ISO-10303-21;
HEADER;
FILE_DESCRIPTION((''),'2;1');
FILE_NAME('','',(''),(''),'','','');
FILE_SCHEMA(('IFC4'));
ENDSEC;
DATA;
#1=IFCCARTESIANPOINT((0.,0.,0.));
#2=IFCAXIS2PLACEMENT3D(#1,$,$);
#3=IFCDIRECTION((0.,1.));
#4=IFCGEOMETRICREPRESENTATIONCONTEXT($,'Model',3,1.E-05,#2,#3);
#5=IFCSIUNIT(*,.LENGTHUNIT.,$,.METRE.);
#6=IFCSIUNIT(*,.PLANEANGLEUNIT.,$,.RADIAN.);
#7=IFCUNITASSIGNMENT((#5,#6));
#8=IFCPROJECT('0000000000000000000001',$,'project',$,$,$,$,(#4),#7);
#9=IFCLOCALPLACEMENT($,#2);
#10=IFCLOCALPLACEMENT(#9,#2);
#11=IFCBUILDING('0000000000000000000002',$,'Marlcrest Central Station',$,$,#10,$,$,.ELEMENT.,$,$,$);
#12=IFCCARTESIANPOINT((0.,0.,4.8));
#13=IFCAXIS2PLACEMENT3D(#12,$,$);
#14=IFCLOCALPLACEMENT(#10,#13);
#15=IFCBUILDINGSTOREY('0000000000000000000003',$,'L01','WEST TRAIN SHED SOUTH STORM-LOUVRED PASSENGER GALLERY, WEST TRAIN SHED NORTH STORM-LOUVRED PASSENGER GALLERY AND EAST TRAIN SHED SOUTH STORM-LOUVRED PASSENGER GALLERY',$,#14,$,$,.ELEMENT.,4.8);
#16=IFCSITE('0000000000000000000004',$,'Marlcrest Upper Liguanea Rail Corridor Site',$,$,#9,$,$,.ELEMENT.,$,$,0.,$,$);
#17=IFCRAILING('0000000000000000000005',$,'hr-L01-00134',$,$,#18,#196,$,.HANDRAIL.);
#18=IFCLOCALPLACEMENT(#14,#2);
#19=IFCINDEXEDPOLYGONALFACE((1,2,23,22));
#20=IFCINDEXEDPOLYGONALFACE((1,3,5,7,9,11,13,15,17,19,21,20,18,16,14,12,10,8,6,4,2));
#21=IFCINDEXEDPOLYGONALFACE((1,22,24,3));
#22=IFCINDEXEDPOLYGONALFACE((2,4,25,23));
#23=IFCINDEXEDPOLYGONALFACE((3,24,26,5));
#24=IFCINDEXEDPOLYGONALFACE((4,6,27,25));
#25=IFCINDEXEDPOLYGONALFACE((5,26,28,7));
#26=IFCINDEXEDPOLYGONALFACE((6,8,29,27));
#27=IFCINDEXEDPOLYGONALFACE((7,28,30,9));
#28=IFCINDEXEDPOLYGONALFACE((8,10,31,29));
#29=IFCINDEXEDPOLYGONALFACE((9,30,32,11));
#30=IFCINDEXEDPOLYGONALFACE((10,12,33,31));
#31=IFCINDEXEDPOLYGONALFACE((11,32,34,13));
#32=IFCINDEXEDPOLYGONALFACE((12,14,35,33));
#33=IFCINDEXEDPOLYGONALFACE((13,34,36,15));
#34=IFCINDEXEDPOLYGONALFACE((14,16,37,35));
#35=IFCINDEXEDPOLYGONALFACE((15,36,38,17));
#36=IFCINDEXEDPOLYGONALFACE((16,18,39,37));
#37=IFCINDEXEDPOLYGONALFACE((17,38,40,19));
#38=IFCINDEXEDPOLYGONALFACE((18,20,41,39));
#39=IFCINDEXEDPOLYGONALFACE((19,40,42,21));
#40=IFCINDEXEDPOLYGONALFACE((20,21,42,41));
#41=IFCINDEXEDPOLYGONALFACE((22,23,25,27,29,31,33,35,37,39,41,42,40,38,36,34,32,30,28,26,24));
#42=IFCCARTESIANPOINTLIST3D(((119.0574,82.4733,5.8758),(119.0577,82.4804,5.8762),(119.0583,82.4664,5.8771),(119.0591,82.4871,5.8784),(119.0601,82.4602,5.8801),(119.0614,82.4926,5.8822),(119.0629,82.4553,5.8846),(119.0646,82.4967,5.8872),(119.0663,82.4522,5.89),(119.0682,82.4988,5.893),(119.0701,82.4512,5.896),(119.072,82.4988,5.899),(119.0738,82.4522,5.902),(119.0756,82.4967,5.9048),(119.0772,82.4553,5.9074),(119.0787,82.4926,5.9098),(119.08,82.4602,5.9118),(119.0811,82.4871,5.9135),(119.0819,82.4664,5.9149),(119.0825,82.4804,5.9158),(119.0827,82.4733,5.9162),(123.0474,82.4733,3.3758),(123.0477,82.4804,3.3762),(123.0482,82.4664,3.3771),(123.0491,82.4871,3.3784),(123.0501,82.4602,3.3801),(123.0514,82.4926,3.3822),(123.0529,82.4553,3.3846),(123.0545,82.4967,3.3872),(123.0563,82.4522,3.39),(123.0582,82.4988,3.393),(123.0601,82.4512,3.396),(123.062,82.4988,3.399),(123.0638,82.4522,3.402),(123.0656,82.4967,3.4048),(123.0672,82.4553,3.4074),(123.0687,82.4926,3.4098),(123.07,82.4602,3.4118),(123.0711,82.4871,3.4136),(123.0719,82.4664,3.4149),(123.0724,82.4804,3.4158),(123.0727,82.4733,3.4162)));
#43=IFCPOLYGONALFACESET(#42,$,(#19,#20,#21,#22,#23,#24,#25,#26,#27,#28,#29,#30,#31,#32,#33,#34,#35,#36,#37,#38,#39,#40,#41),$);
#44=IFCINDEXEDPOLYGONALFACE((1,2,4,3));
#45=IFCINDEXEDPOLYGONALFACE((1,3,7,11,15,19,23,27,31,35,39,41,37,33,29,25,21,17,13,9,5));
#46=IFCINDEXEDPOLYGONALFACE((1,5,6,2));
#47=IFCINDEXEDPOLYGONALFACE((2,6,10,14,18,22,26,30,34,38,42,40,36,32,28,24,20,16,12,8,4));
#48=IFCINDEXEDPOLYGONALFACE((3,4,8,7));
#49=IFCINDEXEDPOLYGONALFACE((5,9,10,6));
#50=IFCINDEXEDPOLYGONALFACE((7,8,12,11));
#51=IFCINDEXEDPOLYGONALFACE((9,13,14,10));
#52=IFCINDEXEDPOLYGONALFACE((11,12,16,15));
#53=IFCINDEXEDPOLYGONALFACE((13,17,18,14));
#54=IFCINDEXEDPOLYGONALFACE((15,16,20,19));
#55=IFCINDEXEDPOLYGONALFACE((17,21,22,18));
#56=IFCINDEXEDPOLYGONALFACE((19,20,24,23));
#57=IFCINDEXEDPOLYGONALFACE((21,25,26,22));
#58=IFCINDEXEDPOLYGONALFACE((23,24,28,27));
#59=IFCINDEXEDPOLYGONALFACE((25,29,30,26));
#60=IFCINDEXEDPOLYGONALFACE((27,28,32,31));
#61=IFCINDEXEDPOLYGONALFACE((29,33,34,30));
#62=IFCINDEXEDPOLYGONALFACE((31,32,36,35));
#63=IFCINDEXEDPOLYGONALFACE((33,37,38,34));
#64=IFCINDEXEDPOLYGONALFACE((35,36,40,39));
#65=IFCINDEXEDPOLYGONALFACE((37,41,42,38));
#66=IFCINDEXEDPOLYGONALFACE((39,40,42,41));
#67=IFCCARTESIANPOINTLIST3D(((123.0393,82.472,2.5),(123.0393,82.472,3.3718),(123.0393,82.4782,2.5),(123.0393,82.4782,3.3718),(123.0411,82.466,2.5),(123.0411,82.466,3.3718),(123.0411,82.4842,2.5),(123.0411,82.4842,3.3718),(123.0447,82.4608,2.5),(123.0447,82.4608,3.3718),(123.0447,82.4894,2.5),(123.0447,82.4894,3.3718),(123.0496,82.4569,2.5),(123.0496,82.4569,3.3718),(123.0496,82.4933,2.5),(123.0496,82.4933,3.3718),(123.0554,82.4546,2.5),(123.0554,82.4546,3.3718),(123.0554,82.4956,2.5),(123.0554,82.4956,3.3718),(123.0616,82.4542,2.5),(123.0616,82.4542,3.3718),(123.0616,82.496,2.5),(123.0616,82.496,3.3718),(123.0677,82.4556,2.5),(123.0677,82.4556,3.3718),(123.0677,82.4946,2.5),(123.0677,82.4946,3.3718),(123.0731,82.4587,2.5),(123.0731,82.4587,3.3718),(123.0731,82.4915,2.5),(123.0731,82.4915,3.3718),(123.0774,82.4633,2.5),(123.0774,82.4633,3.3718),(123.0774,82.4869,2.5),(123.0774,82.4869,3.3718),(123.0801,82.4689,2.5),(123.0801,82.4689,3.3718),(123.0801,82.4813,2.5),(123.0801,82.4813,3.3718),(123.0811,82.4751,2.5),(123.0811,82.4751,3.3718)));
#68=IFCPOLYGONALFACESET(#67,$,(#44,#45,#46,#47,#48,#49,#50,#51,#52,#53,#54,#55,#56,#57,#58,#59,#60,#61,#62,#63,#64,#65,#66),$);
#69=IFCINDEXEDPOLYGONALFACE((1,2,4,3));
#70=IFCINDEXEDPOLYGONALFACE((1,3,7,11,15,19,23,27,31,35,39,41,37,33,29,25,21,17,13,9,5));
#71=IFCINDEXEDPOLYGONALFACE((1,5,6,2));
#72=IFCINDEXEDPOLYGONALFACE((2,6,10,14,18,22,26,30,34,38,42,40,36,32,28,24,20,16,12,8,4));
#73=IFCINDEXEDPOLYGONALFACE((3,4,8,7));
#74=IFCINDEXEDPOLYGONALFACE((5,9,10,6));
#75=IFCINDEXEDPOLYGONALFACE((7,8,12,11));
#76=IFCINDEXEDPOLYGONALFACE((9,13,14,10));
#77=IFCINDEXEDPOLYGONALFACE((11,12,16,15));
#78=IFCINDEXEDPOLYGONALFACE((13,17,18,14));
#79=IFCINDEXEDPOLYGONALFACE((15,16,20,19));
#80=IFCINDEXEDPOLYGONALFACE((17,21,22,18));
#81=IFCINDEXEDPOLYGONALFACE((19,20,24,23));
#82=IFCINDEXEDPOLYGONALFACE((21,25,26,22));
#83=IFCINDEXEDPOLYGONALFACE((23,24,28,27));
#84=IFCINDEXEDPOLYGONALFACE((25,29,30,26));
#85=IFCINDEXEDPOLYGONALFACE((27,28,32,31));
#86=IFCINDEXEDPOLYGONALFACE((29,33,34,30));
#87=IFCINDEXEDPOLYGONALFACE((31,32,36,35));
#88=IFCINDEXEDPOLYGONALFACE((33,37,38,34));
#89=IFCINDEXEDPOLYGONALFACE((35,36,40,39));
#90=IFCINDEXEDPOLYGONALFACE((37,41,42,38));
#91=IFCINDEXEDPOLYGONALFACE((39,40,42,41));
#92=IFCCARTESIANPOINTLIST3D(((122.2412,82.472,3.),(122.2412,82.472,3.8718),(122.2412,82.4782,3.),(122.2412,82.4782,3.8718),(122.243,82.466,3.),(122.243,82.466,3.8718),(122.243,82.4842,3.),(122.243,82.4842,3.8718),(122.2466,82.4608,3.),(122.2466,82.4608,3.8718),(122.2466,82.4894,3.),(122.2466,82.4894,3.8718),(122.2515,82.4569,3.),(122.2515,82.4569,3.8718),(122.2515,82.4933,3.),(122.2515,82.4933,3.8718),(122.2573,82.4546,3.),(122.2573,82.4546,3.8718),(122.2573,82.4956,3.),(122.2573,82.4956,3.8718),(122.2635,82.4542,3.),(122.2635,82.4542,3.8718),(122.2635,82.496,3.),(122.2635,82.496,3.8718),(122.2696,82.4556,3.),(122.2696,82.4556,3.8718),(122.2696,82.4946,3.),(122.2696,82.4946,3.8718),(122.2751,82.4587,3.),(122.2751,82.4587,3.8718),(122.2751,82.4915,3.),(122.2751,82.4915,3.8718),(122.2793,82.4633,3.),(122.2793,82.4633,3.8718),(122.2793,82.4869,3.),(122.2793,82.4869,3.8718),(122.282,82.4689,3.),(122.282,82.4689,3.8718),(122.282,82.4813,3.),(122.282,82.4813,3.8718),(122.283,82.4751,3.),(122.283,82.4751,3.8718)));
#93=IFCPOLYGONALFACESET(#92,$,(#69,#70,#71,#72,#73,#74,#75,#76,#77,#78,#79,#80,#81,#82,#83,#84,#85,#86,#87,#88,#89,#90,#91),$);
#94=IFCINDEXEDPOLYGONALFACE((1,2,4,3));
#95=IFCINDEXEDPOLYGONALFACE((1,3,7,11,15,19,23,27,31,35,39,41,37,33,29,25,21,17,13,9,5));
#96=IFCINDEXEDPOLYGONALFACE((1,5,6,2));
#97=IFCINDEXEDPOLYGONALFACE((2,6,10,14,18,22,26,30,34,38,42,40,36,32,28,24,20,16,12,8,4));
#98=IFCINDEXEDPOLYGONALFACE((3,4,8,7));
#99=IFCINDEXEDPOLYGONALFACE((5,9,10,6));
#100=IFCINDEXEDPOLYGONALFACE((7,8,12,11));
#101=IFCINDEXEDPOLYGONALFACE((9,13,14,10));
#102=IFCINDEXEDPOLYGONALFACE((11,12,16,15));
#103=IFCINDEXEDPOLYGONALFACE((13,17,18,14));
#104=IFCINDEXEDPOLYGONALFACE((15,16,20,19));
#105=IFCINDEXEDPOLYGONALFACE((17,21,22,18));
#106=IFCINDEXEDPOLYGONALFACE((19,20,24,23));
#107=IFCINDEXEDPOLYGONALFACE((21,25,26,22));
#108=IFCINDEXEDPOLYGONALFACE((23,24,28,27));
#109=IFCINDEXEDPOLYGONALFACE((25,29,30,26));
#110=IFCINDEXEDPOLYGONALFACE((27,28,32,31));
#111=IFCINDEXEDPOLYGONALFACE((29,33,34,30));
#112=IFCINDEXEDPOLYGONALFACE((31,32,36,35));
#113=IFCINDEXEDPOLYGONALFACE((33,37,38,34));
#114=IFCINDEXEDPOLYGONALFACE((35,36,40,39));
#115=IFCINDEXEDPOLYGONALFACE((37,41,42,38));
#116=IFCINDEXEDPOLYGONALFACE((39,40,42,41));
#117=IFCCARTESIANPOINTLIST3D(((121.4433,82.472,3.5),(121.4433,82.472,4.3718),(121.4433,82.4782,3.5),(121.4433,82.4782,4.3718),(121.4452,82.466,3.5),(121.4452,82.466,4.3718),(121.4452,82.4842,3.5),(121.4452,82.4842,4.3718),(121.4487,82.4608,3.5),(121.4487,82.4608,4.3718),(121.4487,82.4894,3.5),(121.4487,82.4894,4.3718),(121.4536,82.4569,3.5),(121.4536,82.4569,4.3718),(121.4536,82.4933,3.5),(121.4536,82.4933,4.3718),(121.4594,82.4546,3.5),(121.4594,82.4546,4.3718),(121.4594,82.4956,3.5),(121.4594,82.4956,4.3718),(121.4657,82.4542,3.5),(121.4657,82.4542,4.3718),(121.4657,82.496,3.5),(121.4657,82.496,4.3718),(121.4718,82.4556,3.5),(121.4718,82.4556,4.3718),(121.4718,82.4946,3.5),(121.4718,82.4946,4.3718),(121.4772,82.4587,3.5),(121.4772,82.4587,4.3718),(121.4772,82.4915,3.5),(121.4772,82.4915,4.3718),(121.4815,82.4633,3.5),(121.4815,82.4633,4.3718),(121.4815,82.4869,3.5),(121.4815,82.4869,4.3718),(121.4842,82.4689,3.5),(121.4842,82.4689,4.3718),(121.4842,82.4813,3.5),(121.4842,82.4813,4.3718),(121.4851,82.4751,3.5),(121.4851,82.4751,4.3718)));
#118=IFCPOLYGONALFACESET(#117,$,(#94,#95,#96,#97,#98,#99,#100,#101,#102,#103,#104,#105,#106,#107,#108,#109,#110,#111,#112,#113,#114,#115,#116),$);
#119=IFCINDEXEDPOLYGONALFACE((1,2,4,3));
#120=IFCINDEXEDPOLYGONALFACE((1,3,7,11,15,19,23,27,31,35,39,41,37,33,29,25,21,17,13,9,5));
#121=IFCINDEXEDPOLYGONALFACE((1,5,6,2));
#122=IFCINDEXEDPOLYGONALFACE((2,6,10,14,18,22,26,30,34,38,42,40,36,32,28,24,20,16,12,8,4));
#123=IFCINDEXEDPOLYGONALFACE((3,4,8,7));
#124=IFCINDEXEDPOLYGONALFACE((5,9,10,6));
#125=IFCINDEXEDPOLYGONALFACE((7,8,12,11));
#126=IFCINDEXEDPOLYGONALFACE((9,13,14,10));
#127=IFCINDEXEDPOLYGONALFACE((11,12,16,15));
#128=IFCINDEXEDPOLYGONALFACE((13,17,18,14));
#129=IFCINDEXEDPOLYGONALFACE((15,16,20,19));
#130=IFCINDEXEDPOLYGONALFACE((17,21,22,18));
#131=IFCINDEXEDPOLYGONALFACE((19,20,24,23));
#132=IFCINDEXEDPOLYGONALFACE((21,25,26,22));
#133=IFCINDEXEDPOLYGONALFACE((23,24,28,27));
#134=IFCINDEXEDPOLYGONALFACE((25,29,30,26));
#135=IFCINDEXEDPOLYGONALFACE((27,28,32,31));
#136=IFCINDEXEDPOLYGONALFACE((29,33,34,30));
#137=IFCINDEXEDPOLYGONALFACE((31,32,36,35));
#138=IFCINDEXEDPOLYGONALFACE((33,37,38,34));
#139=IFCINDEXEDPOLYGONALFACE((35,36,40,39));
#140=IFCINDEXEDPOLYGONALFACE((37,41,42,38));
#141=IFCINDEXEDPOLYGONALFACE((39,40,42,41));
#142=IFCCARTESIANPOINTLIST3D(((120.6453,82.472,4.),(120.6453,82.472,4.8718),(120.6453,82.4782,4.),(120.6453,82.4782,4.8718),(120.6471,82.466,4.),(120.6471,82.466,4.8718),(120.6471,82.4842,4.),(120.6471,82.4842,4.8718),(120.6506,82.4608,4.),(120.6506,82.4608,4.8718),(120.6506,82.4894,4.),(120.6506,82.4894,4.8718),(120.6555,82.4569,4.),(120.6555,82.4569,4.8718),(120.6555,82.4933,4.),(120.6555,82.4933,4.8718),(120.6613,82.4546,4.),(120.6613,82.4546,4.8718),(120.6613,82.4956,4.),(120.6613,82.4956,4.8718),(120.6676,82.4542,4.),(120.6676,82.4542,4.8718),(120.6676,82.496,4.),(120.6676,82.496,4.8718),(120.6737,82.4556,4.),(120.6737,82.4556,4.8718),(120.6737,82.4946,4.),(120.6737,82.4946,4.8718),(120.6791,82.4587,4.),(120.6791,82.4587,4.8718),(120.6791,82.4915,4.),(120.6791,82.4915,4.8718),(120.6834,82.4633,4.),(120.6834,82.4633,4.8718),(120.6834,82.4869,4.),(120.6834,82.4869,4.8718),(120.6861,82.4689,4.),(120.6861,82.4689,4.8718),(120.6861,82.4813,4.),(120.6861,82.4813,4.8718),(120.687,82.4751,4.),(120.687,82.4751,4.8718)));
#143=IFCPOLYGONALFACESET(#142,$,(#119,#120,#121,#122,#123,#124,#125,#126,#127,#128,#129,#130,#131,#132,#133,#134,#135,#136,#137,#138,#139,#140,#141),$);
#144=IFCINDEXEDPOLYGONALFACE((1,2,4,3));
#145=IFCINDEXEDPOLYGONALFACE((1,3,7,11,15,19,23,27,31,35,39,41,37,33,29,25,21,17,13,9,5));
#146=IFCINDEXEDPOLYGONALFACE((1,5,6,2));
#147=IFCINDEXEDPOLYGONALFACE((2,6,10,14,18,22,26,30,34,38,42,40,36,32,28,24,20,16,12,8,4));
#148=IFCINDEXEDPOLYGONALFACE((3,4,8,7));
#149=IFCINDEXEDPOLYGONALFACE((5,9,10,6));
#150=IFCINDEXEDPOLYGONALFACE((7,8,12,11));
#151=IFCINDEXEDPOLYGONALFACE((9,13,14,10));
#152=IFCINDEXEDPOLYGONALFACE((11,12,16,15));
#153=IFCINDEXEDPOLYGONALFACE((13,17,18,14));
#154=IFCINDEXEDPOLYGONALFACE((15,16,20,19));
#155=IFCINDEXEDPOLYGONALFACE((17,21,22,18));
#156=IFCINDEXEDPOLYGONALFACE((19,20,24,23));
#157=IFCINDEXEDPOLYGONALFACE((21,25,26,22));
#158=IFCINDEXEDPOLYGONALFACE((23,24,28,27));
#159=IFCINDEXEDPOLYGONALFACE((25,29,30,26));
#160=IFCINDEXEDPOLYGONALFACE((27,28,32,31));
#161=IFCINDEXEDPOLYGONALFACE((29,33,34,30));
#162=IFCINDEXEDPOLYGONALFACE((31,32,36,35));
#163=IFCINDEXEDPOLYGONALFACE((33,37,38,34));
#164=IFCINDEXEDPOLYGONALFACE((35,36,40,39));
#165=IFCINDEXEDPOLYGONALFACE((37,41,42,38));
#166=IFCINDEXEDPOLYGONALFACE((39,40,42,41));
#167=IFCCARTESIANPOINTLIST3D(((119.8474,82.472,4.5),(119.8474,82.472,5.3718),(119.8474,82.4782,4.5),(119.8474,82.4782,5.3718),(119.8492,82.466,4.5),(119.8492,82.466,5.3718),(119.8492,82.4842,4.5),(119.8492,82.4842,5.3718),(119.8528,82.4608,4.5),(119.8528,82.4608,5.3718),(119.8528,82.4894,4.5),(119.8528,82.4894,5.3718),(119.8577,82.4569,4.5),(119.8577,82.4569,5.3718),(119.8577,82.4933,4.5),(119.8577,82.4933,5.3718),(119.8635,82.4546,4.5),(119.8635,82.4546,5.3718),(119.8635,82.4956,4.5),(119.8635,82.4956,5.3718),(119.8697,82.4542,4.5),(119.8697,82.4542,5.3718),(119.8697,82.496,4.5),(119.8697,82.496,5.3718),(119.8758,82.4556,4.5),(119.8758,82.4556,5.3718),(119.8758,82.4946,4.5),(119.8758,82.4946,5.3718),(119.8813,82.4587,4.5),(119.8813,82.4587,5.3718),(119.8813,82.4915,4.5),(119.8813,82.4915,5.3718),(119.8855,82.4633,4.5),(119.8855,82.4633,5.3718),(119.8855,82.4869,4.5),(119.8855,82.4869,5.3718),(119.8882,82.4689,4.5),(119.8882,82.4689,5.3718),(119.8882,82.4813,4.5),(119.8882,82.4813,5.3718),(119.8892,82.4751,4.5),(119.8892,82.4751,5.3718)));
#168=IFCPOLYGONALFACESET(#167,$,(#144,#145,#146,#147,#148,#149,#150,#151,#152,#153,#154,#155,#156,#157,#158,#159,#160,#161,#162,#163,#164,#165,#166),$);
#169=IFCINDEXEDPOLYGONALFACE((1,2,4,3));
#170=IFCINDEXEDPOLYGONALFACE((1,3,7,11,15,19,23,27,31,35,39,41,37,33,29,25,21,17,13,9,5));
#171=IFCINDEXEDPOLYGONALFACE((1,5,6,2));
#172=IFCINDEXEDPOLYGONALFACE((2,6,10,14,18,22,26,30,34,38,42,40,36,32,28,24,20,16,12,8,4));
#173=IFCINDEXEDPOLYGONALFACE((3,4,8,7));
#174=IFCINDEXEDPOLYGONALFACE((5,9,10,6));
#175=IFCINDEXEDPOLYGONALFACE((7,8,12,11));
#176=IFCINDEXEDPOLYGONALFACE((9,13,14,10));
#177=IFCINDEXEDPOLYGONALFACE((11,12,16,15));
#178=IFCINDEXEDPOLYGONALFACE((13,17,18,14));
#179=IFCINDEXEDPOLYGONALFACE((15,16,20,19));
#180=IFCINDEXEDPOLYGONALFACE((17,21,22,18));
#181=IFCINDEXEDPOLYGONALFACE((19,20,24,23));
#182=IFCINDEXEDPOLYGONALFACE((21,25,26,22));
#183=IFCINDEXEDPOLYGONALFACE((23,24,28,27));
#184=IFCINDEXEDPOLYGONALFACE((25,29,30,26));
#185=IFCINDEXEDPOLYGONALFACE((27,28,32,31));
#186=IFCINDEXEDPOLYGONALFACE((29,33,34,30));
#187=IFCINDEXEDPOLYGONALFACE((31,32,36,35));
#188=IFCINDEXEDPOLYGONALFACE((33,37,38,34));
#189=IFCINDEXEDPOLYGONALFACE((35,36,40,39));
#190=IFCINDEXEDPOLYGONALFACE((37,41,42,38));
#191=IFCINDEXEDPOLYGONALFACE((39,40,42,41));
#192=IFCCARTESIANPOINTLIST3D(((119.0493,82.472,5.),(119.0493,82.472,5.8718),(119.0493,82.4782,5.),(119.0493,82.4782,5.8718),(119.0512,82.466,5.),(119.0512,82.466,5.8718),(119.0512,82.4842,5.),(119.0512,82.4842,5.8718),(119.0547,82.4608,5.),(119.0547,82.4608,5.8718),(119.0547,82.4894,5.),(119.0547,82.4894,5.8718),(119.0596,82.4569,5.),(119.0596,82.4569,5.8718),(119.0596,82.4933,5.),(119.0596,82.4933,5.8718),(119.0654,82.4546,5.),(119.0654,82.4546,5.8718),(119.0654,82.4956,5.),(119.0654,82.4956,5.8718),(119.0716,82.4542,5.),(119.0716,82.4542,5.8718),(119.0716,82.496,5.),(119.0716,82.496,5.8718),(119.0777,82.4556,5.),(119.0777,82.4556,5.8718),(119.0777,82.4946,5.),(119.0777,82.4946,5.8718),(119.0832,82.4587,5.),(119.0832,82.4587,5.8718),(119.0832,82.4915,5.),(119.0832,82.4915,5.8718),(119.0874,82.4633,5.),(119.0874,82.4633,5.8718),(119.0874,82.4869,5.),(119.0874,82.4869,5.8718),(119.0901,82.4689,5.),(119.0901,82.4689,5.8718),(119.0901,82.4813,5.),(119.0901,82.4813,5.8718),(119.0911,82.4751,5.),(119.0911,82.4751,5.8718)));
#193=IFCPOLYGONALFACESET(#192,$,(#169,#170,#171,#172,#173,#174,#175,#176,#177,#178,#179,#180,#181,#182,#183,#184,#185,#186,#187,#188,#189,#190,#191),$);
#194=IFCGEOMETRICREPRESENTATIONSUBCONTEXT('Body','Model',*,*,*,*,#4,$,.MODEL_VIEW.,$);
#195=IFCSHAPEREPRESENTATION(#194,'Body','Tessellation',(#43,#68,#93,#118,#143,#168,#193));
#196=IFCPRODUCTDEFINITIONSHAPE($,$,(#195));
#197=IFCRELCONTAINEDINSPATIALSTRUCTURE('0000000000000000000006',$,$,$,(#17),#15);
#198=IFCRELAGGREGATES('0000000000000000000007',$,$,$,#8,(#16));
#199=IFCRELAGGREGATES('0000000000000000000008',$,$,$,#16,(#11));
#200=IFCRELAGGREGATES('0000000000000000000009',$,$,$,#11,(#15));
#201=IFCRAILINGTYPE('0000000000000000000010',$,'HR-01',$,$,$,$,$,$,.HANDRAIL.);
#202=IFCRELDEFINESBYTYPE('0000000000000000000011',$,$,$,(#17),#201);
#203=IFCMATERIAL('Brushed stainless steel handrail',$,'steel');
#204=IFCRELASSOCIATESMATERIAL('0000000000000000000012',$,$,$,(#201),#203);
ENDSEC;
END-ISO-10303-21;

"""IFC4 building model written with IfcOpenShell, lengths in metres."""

from ifc_helpers import new_model, si_unit, direction, frame, origin, origin_2d, place, context, subcontext, project, spatial, circle, extrude, material, type_object, element, save


model = new_model("IFC4")

# Units and contexts
model_context = context("Model", 3, precision=1e-05, world=origin(), true_north=direction((0.0, 1.0)))
body_context = subcontext(model_context, "Body", "Model", "MODEL_VIEW")
ifc_project = project(units=[si_unit("LENGTHUNIT", "METRE"), si_unit("PLANEANGLEUNIT", "RADIAN")], contexts=[model_context])

# Site, building, storey
site_placement = place(None, origin())
site = spatial("IfcSite", under=ifc_project, at=site_placement, Name="Marlcrest Upper Liguanea Rail Corridor Site", CompositionType="ELEMENT", RefElevation=0.0)
building_placement = place(site_placement, origin())
building = spatial("IfcBuilding", under=site, at=building_placement, Name="Marlcrest Central Station", CompositionType="ELEMENT")
storey_placement = place(building_placement, frame((0.0, 0.0, 4.8)))
storey = spatial("IfcBuildingStorey", under=building, at=storey_placement, Name="L01", Description="WEST TRAIN SHED SOUTH STORM-LOUVRED PASSENGER GALLERY, WEST TRAIN SHED NORTH STORM-LOUVRED PASSENGER GALLERY AND EAST TRAIN SHED SOUTH STORM-LOUVRED PASSENGER GALLERY", CompositionType="ELEMENT", Elevation=4.8)

# Railing
ifc_material_1 = material(Name="Brushed stainless steel handrail", Category="steel")
railing_type_1 = type_object("IfcRailingType", Name="HR-01", PredefinedType="HANDRAIL", material=ifc_material_1)
railing_1_placement = place(storey_placement, frame((123.0601, 82.4751, 2.5)))
element("IfcRailing", 1, at=railing_1_placement, inside=storey, type_object=railing_type_1, Name="hr-L01-00134", PredefinedType="HANDRAIL", context=body_context, shape_type="SweptSolid", body=[
    extrude(circle(Radius=0.0239, at=origin_2d()), frame((0.0, 0.0, 0.896), z_axis=(-0.847401, 0.0, 0.530954), x_axis=(0.0, -1.0, 0.0)), (0.0, 0.0, 1.0), 4.7085),
    extrude(circle(Radius=0.021, at=origin_2d()), origin(), (0.0, 0.0, 1.0), 0.8718),
    extrude(circle(Radius=0.021, at=origin_2d()), frame((-0.7981, 0.0, 0.5)), (0.0, 0.0, 1.0), 0.8718),
    extrude(circle(Radius=0.021, at=origin_2d()), frame((-1.5959, 0.0, 1.0)), (0.0, 0.0, 1.0), 0.8718),
    extrude(circle(Radius=0.021, at=origin_2d()), frame((-2.394, 0.0, 1.5)), (0.0, 0.0, 1.0), 0.8718),
    extrude(circle(Radius=0.021, at=origin_2d()), frame((-3.1919, 0.0, 2.0)), (0.0, 0.0, 1.0), 0.8718),
    extrude(circle(Radius=0.021, at=origin_2d()), frame((-3.99, 0.0, 2.5)), (0.0, 0.0, 1.0), 0.8718),
])

save(model, "model.ifc")
